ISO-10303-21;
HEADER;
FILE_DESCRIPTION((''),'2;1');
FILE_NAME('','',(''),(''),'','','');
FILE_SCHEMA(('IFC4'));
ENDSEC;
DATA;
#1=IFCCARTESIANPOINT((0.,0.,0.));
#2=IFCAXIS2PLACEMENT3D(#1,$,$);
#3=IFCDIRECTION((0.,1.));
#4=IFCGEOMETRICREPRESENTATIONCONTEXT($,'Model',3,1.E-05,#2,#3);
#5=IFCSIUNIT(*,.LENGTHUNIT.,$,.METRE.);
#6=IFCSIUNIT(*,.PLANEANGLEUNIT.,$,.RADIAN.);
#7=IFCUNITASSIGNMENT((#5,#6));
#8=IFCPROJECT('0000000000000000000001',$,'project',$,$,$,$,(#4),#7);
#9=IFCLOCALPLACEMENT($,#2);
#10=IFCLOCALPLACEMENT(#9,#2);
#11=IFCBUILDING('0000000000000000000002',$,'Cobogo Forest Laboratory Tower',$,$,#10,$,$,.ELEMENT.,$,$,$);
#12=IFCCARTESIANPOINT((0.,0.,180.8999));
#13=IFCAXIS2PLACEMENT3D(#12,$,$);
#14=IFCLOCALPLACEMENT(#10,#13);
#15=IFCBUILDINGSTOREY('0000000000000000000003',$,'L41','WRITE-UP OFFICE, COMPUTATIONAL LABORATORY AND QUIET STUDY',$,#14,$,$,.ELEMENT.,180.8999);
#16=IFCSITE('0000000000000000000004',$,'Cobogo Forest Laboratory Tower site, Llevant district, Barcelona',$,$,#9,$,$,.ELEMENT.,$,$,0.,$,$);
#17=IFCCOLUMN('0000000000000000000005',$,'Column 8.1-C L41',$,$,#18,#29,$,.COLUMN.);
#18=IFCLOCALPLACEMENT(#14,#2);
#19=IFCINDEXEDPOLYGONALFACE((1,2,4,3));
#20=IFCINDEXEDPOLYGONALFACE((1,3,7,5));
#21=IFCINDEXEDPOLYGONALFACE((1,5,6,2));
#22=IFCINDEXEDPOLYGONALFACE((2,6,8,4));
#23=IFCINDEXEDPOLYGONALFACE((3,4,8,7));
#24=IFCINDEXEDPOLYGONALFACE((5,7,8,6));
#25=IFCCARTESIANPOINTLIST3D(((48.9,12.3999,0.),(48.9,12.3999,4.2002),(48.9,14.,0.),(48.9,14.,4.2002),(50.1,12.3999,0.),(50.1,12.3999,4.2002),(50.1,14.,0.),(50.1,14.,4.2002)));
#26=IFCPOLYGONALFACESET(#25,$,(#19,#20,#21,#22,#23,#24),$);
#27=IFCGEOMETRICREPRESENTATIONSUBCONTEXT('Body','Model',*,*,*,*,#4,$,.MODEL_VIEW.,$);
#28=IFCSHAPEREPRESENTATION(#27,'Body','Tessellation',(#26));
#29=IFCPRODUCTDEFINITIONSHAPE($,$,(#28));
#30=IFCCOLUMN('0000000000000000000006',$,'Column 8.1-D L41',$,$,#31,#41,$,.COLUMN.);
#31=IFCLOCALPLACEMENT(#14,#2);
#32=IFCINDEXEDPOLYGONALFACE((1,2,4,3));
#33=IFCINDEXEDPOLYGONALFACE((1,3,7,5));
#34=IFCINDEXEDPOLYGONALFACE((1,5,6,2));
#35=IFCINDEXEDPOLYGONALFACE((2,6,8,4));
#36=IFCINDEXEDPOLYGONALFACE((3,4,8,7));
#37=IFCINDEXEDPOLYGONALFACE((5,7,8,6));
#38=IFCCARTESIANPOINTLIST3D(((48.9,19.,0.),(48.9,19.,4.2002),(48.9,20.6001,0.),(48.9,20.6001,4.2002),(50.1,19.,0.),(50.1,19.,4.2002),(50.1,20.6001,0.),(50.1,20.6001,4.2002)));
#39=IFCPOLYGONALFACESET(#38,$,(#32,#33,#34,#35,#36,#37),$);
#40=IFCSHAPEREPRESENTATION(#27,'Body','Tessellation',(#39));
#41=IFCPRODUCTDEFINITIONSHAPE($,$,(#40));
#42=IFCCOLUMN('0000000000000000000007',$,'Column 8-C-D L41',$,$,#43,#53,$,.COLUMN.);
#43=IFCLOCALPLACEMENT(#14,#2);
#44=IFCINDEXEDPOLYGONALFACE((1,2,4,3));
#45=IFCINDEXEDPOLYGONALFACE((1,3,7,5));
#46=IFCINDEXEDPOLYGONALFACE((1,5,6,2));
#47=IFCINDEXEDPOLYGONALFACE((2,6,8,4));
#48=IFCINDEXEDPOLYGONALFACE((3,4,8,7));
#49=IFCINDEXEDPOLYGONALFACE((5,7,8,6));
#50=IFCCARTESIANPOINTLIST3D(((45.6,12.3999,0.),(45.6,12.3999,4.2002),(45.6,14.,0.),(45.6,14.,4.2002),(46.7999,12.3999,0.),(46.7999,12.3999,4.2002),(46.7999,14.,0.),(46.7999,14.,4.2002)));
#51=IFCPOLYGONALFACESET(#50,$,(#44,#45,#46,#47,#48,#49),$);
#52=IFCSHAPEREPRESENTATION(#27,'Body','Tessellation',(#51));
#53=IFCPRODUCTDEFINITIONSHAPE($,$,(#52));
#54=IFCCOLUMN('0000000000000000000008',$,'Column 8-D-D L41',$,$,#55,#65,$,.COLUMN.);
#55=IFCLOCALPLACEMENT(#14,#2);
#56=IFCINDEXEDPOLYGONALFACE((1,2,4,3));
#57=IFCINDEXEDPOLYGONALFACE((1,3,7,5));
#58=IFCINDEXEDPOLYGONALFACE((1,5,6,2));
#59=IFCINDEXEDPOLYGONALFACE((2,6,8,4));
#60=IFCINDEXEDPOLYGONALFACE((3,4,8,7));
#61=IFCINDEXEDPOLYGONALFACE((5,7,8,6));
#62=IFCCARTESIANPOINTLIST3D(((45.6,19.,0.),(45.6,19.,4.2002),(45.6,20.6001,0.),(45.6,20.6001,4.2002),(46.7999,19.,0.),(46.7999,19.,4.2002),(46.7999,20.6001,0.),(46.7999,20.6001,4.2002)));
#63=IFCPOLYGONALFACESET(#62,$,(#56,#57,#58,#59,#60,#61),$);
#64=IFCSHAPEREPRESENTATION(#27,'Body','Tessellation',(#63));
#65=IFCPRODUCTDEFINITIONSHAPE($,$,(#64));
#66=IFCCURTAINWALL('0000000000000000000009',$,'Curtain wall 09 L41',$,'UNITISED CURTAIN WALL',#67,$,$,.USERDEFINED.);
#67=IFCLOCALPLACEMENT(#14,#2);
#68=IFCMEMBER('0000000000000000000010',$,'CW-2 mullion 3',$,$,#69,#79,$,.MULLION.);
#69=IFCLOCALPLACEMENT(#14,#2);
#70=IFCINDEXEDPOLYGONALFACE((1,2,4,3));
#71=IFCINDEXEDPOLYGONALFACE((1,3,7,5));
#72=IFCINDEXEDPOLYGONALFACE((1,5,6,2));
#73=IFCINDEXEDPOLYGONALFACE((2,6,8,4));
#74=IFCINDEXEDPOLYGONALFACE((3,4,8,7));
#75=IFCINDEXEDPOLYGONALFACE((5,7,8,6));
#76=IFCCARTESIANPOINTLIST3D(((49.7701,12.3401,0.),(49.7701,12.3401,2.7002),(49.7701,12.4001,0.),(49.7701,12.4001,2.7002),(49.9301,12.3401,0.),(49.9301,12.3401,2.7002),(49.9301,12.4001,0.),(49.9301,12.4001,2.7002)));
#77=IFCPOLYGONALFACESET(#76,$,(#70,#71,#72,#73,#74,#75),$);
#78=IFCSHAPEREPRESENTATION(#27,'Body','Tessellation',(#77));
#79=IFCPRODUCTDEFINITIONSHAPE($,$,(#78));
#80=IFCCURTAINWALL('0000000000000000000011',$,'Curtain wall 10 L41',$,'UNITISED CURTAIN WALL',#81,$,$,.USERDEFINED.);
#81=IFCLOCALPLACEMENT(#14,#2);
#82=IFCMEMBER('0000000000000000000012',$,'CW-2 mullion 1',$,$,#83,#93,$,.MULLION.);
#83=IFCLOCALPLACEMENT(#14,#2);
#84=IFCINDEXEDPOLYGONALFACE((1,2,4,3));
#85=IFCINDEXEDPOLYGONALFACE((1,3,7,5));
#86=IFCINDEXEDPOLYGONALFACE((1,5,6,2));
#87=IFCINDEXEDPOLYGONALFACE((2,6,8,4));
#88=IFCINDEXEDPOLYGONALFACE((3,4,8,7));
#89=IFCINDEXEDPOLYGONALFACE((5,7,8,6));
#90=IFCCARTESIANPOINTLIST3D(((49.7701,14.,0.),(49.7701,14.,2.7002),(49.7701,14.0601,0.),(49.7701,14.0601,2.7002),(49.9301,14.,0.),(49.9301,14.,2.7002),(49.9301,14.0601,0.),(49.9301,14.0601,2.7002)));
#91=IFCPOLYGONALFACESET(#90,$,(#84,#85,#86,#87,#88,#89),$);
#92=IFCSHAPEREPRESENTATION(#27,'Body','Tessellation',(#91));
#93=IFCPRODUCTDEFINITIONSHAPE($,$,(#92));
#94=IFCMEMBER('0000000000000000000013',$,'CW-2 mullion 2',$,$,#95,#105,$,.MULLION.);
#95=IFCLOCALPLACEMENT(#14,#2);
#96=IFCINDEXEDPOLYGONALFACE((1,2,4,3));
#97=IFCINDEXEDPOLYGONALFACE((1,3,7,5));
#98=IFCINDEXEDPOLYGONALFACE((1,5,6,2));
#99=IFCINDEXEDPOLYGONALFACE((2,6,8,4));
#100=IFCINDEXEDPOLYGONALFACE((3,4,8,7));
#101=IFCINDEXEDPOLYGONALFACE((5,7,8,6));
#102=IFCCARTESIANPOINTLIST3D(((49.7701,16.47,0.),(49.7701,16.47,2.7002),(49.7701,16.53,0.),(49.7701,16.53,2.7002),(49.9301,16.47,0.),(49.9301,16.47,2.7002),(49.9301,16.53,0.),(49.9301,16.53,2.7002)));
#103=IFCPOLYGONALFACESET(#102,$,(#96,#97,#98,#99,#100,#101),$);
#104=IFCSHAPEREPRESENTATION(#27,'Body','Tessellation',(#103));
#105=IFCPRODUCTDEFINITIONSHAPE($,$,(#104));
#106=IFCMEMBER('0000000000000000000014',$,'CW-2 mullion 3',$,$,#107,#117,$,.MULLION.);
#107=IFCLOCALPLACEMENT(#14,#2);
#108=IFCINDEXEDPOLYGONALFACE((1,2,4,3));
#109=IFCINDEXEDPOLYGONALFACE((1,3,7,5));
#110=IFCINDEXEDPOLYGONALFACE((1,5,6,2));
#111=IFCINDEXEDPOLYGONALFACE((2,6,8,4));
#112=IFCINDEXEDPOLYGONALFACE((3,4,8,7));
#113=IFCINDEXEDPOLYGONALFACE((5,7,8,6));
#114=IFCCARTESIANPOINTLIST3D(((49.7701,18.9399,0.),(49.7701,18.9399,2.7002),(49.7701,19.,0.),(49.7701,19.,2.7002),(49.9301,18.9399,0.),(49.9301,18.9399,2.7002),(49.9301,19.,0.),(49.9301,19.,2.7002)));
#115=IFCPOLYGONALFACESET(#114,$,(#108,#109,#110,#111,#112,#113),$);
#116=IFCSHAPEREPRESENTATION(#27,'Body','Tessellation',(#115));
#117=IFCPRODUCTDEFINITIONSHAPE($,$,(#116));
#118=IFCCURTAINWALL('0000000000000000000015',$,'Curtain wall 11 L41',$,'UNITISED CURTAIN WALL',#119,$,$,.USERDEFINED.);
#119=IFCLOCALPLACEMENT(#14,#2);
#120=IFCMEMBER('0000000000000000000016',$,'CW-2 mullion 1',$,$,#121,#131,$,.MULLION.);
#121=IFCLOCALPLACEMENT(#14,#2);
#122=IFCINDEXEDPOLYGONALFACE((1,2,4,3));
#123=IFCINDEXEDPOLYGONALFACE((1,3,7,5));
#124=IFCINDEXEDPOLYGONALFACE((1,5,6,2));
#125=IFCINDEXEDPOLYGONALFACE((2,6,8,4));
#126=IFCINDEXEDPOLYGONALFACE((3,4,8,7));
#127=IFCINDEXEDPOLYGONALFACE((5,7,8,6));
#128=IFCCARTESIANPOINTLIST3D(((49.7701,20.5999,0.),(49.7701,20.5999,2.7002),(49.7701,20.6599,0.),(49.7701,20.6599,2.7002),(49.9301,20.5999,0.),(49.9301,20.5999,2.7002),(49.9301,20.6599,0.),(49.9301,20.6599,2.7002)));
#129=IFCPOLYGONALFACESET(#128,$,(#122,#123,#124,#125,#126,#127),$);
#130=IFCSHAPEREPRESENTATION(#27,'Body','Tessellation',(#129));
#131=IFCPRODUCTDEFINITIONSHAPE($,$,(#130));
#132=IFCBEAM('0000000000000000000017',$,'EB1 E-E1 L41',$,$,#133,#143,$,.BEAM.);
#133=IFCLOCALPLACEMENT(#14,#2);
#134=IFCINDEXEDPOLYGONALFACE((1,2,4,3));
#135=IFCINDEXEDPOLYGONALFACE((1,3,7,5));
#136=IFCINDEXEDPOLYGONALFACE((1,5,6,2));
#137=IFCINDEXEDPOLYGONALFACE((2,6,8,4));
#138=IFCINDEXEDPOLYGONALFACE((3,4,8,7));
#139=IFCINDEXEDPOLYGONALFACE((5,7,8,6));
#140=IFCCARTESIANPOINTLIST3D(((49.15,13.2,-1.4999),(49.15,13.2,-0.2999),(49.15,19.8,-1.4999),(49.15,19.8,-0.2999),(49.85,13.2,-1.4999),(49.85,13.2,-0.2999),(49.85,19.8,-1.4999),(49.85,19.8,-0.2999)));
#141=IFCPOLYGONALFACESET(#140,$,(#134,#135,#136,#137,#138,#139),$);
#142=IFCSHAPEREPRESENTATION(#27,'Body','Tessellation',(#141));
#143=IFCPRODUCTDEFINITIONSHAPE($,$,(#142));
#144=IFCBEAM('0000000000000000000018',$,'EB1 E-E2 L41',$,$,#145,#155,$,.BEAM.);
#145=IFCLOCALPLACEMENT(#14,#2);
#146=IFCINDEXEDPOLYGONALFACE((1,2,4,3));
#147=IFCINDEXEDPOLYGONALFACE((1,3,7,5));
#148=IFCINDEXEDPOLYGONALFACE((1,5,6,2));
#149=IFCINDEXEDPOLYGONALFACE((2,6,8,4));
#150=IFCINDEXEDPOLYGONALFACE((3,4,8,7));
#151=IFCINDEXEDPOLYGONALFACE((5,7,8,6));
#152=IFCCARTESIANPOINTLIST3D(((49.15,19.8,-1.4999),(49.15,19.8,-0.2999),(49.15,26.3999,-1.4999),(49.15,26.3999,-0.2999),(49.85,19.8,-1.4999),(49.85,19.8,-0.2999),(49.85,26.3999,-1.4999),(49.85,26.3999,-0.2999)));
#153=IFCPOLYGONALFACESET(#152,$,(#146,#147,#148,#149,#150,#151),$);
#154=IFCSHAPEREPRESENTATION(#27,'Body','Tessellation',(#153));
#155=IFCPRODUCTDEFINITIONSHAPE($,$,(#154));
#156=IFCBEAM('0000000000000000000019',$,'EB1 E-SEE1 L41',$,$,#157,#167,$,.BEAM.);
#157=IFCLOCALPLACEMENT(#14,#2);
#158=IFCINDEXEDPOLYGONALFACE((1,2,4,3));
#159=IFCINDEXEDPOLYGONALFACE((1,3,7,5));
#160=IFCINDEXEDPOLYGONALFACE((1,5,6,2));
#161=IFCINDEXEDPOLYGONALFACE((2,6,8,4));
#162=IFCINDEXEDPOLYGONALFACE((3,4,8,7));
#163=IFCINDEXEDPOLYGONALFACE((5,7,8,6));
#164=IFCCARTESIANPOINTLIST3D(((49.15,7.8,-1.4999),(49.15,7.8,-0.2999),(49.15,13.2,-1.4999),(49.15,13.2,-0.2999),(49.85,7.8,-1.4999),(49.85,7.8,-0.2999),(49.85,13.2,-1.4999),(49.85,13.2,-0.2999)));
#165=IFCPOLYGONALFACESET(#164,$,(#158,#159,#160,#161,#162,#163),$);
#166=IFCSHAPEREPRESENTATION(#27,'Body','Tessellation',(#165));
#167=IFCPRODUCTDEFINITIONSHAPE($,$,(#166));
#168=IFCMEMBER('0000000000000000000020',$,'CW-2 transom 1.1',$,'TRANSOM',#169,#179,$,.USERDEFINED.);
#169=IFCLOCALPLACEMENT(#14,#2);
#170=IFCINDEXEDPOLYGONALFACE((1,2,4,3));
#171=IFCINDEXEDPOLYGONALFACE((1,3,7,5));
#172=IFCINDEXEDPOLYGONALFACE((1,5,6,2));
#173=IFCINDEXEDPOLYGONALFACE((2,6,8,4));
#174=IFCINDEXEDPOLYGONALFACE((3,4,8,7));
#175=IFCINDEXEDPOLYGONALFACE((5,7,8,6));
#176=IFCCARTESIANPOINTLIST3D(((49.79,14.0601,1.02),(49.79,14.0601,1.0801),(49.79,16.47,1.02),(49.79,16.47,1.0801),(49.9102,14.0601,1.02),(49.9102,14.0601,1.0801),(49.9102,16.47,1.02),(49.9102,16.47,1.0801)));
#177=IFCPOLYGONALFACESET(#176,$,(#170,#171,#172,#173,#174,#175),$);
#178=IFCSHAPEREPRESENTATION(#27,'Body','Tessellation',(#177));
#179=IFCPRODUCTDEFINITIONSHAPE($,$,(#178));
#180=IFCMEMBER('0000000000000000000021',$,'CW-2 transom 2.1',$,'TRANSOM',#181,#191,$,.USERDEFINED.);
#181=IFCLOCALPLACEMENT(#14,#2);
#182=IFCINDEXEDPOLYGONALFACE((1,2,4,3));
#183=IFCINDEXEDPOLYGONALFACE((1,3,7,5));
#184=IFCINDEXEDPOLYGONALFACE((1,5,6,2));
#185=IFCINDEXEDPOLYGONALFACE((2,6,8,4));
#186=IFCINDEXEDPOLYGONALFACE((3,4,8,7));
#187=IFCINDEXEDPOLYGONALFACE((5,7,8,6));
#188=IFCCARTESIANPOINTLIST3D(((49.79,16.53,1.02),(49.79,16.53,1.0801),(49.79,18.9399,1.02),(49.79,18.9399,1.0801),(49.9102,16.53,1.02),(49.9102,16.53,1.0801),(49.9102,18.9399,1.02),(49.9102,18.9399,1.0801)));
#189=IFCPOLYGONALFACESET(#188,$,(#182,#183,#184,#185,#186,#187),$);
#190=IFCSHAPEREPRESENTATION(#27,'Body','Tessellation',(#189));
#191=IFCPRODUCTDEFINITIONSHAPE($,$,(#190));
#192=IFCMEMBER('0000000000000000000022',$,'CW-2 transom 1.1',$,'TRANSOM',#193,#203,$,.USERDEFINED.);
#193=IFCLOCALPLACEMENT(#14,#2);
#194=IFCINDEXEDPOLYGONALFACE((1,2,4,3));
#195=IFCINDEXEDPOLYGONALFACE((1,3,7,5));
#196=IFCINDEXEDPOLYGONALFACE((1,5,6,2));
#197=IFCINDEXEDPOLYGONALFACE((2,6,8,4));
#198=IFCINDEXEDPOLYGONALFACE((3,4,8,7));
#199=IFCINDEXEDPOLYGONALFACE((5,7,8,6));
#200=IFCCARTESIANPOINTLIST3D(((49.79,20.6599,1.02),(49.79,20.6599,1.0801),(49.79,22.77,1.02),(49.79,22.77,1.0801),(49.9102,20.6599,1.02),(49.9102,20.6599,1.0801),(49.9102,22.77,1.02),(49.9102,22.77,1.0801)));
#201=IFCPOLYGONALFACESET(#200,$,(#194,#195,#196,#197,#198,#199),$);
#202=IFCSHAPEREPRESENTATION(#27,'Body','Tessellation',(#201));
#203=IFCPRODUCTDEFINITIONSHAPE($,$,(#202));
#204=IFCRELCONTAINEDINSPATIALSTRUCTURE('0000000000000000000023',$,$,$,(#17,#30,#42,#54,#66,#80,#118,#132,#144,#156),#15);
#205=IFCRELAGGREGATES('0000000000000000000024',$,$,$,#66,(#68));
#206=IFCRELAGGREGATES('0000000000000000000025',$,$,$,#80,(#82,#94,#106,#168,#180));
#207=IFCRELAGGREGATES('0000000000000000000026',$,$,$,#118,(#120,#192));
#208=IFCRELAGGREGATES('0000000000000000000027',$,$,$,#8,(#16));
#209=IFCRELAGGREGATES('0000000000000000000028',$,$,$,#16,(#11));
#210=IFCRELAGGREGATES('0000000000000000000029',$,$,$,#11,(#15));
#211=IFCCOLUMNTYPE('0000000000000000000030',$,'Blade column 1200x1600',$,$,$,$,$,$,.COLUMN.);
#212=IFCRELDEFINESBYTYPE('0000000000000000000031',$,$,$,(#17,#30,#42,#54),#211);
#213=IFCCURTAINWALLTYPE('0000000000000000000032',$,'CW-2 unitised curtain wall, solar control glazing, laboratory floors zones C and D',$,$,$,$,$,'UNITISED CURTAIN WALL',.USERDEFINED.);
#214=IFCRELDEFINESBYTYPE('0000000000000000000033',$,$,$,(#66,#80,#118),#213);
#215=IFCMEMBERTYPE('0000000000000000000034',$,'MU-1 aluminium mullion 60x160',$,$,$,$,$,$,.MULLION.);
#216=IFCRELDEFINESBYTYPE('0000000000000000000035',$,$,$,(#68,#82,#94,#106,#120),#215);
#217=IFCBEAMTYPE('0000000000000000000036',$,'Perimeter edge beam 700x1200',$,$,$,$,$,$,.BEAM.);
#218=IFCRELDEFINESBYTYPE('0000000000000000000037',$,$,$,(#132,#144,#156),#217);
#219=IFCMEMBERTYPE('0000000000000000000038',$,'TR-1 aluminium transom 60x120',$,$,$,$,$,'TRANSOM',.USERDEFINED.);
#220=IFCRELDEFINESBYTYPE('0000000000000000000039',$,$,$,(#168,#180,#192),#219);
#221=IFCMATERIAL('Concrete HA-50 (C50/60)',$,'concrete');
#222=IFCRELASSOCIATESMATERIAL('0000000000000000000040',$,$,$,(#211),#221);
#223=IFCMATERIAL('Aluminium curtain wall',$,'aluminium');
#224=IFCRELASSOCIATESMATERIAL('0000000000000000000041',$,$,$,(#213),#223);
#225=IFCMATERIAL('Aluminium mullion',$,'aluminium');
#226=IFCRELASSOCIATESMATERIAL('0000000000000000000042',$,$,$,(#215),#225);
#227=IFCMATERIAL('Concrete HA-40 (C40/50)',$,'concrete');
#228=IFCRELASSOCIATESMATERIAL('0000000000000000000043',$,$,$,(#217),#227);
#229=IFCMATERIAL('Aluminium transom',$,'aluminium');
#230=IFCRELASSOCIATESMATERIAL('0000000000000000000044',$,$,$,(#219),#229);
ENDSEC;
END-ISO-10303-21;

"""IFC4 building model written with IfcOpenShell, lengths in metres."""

from ifc_helpers import new_model, si_unit, direction, frame, origin, origin_2d, place, context, subcontext, project, spatial, rectangle, extrude, material, material_profile, profile_set, type_object, element, aggregate, save


model = new_model("IFC4")

# Units and contexts
model_context = context("Model", 3, precision=1e-05, world=origin(), true_north=direction((0.0, 1.0)))
body_context = subcontext(model_context, "Body", "Model", "MODEL_VIEW")
ifc_project = project(units=[si_unit("LENGTHUNIT", "METRE"), si_unit("PLANEANGLEUNIT", "RADIAN")], contexts=[model_context])

# Site, building, storey
site_placement = place(None, origin())
site = spatial("IfcSite", under=ifc_project, at=site_placement, Name="Cobogo Forest Laboratory Tower site, Llevant district, Barcelona", CompositionType="ELEMENT", RefElevation=0.0)
building_placement = place(site_placement, origin())
building = spatial("IfcBuilding", under=site, at=building_placement, Name="Cobogo Forest Laboratory Tower", CompositionType="ELEMENT")
storey_placement = place(building_placement, frame((0.0, 0.0, 180.8999)))
storey = spatial("IfcBuildingStorey", under=building, at=storey_placement, Name="L41", Description="WRITE-UP OFFICE, COMPUTATIONAL LABORATORY AND QUIET STUDY", CompositionType="ELEMENT", Elevation=180.8999)

# Columns
ifc_material_1 = material(Name="Concrete HA-50 (C50/60)", Category="concrete")
ifc_material_profile_1 = material_profile(ifc_material_1, rectangle(XDim=1.6001, YDim=1.2, at=origin_2d()), Name="RC 1200x1600")
ifc_profile_set_1 = profile_set([ifc_material_profile_1], Name="Concrete HA-50 (C50/60)")
column_type = type_object("IfcColumnType", Name="Blade column 1200x1600", PredefinedType="COLUMN", material=ifc_profile_set_1)
for number, where, z_axis, x_axis, name in (
    (1, (49.5, 13.2, 0.0), (0.0, 0.0, 1.0), (0.0, 1.0, 0.0), "Column 8.1-C L41"),
    (2, (49.5, 19.8, 0.0), (0.0, 0.0, 1.0), (0.0, 1.0, 0.0), "Column 8.1-D L41"),
    (3, (46.2, 13.2, 0.0), (0.0, 0.0, 1.0), (0.0, 1.0, 0.0), "Column 8-C-D L41"),
    (4, (46.2, 19.8, 0.0), (0.0, 0.0, 1.0), (0.0, 1.0, 0.0), "Column 8-D-D L41"),
):
    element("IfcColumn", number, at=place(storey_placement, frame(where, z_axis=z_axis, x_axis=x_axis)), inside=storey, type_object=column_type, Name=name, PredefinedType="COLUMN", context=body_context, shape_type="SweptSolid", body=[
        extrude(rectangle(XDim=1.6001, YDim=1.2, at=origin_2d()), origin(), (0.0, 0.0, 1.0), 4.2002),
    ])

# Curtain wall, member
ifc_material_2 = material(Name="Aluminium curtain wall", Category="aluminium")
curtain_wall_type = type_object("IfcCurtainWallType", Name="CW-2 unitised curtain wall, solar control glazing, laboratory floors zones C and D", ElementType="UNITISED CURTAIN WALL", PredefinedType="USERDEFINED", material=ifc_material_2)
curtain_wall_1_placement = place(storey_placement, origin())
curtain_wall_1 = element("IfcCurtainWall", 5, at=curtain_wall_1_placement, inside=storey, type_object=curtain_wall_type, Name="Curtain wall 09 L41", ObjectType="UNITISED CURTAIN WALL", PredefinedType="USERDEFINED")
ifc_material_3 = material(Name="Aluminium mullion", Category="aluminium")
ifc_material_profile_2 = material_profile(ifc_material_3, rectangle(XDim=0.0601, YDim=0.1599, at=origin_2d()), Name="AL 60x160")
ifc_profile_set_2 = profile_set([ifc_material_profile_2], Name="Aluminium mullion")
member_type_1 = type_object("IfcMemberType", Name="MU-1 aluminium mullion 60x160", PredefinedType="MULLION", material=ifc_profile_set_2)
member_1_placement = place(storey_placement, frame((49.8501, 12.3701, 0.0), z_axis=(0.0, 0.0, 1.0), x_axis=(0.0, 1.0, 0.0)))
member_1 = element("IfcMember", 6, at=member_1_placement, type_object=member_type_1, Name="CW-2 mullion 3", PredefinedType="MULLION", context=body_context, shape_type="SweptSolid", body=[
    extrude(rectangle(XDim=0.0601, YDim=0.1599, at=origin_2d()), origin(), (0.0, 0.0, 1.0), 2.7002),
])

# Curtain wall, members
curtain_wall_2_placement = place(storey_placement, origin())
curtain_wall_2 = element("IfcCurtainWall", 7, at=curtain_wall_2_placement, inside=storey, type_object=curtain_wall_type, Name="Curtain wall 10 L41", ObjectType="UNITISED CURTAIN WALL", PredefinedType="USERDEFINED")
member_2_placement = place(storey_placement, frame((49.8501, 14.03, 0.0), z_axis=(0.0, 0.0, 1.0), x_axis=(0.0, 1.0, 0.0)))
member_2 = element("IfcMember", 8, at=member_2_placement, type_object=member_type_1, Name="CW-2 mullion 1", PredefinedType="MULLION", context=body_context, shape_type="SweptSolid", body=[
    extrude(rectangle(XDim=0.0601, YDim=0.1599, at=origin_2d()), origin(), (0.0, 0.0, 1.0), 2.7002),
])
member_3_placement = place(storey_placement, frame((49.8501, 16.5, 0.0), z_axis=(0.0, 0.0, 1.0), x_axis=(0.0, 1.0, 0.0)))
member_3 = element("IfcMember", 9, at=member_3_placement, type_object=member_type_1, Name="CW-2 mullion 2", PredefinedType="MULLION", context=body_context, shape_type="SweptSolid", body=[
    extrude(rectangle(XDim=0.0601, YDim=0.1599, at=origin_2d()), origin(), (0.0, 0.0, 1.0), 2.7002),
])
member_4_placement = place(storey_placement, frame((49.8501, 18.97, 0.0), z_axis=(0.0, 0.0, 1.0), x_axis=(0.0, 1.0, 0.0)))
member_4 = element("IfcMember", 10, at=member_4_placement, type_object=member_type_1, Name="CW-2 mullion 3", PredefinedType="MULLION", context=body_context, shape_type="SweptSolid", body=[
    extrude(rectangle(XDim=0.0601, YDim=0.1599, at=origin_2d()), origin(), (0.0, 0.0, 1.0), 2.7002),
])

# Curtain wall, member
curtain_wall_3_placement = place(storey_placement, origin())
curtain_wall_3 = element("IfcCurtainWall", 11, at=curtain_wall_3_placement, inside=storey, type_object=curtain_wall_type, Name="Curtain wall 11 L41", ObjectType="UNITISED CURTAIN WALL", PredefinedType="USERDEFINED")
member_5_placement = place(storey_placement, frame((49.8501, 20.6299, 0.0), z_axis=(0.0, 0.0, 1.0), x_axis=(0.0, 1.0, 0.0)))
member_5 = element("IfcMember", 12, at=member_5_placement, type_object=member_type_1, Name="CW-2 mullion 1", PredefinedType="MULLION", context=body_context, shape_type="SweptSolid", body=[
    extrude(rectangle(XDim=0.0601, YDim=0.1599, at=origin_2d()), origin(), (0.0, 0.0, 1.0), 2.7002),
])

# Beams
ifc_material_4 = material(Name="Concrete HA-40 (C40/50)", Category="concrete")
ifc_material_profile_3 = material_profile(ifc_material_4, rectangle(XDim=0.7, YDim=1.2, at=origin_2d()), Name="RC 700x1200")
ifc_profile_set_3 = profile_set([ifc_material_profile_3], Name="Concrete HA-40 (C40/50)")
beam_type = type_object("IfcBeamType", Name="Perimeter edge beam 700x1200", PredefinedType="BEAM", material=ifc_profile_set_3)
beam_1_placement = place(storey_placement, frame((49.5, 13.2, -0.8999), z_axis=(0.0, 1.0, 0.0), x_axis=(-1.0, 0.0, 0.0)))
element("IfcBeam", 13, at=beam_1_placement, inside=storey, type_object=beam_type, Name="EB1 E-E1 L41", PredefinedType="BEAM", context=body_context, shape_type="SweptSolid", body=[
    extrude(rectangle(XDim=0.7, YDim=1.2, at=origin_2d()), origin(), (0.0, 0.0, 1.0), 6.6001),
])
beam_2_placement = place(storey_placement, frame((49.5, 19.8, -0.8999), z_axis=(0.0, 1.0, 0.0), x_axis=(-1.0, 0.0, 0.0)))
element("IfcBeam", 14, at=beam_2_placement, inside=storey, type_object=beam_type, Name="EB1 E-E2 L41", PredefinedType="BEAM", context=body_context, shape_type="SweptSolid", body=[
    extrude(rectangle(XDim=0.7, YDim=1.2, at=origin_2d()), origin(), (0.0, 0.0, 1.0), 6.5999),
])
beam_3_placement = place(storey_placement, frame((49.5, 13.2, -0.8999), z_axis=(0.0, -1.0, 0.0), x_axis=(1.0, 0.0, 0.0)))
element("IfcBeam", 15, at=beam_3_placement, inside=storey, type_object=beam_type, Name="EB1 E-SEE1 L41", PredefinedType="BEAM", context=body_context, shape_type="SweptSolid", body=[
    extrude(rectangle(XDim=0.7, YDim=1.2, at=origin_2d()), origin(), (0.0, 0.0, 1.0), 5.3999),
])

# Members
ifc_material_5 = material(Name="Aluminium transom", Category="aluminium")
ifc_material_profile_4 = material_profile(ifc_material_5, rectangle(XDim=0.1201, YDim=0.0601, at=origin_2d()), Name="AL 60x120")
ifc_profile_set_4 = profile_set([ifc_material_profile_4], Name="Aluminium transom")
member_type_2 = type_object("IfcMemberType", Name="TR-1 aluminium transom 60x120", ElementType="TRANSOM", PredefinedType="USERDEFINED", material=ifc_profile_set_4)
member_6_placement = place(storey_placement, frame((49.8501, 14.0601, 1.05), z_axis=(0.0, 1.0, 0.0), x_axis=(-1.0, 0.0, 0.0)))
member_6 = element("IfcMember", 16, at=member_6_placement, type_object=member_type_2, Name="CW-2 transom 1.1", ObjectType="TRANSOM", PredefinedType="USERDEFINED", context=body_context, shape_type="SweptSolid", body=[
    extrude(rectangle(XDim=0.1201, YDim=0.0601, at=origin_2d()), origin(), (0.0, 0.0, 1.0), 2.4099),
])
member_7_placement = place(storey_placement, frame((49.8501, 16.53, 1.05), z_axis=(0.0, 1.0, 0.0), x_axis=(-1.0, 0.0, 0.0)))
member_7 = element("IfcMember", 17, at=member_7_placement, type_object=member_type_2, Name="CW-2 transom 2.1", ObjectType="TRANSOM", PredefinedType="USERDEFINED", context=body_context, shape_type="SweptSolid", body=[
    extrude(rectangle(XDim=0.1201, YDim=0.0601, at=origin_2d()), origin(), (0.0, 0.0, 1.0), 2.4099),
])
member_8_placement = place(storey_placement, frame((49.8501, 20.6599, 1.05), z_axis=(0.0, 1.0, 0.0), x_axis=(-1.0, 0.0, 0.0)))
member_8 = element("IfcMember", 18, at=member_8_placement, type_object=member_type_2, Name="CW-2 transom 1.1", ObjectType="TRANSOM", PredefinedType="USERDEFINED", context=body_context, shape_type="SweptSolid", body=[
    extrude(rectangle(XDim=0.1201, YDim=0.0601, at=origin_2d()), origin(), (0.0, 0.0, 1.0), 2.1101),
])

aggregate(curtain_wall_1, [member_1])
aggregate(curtain_wall_2, [member_2, member_3, member_4, member_6, member_7])
aggregate(curtain_wall_3, [member_5, member_8])

save(model, "model.ifc")
